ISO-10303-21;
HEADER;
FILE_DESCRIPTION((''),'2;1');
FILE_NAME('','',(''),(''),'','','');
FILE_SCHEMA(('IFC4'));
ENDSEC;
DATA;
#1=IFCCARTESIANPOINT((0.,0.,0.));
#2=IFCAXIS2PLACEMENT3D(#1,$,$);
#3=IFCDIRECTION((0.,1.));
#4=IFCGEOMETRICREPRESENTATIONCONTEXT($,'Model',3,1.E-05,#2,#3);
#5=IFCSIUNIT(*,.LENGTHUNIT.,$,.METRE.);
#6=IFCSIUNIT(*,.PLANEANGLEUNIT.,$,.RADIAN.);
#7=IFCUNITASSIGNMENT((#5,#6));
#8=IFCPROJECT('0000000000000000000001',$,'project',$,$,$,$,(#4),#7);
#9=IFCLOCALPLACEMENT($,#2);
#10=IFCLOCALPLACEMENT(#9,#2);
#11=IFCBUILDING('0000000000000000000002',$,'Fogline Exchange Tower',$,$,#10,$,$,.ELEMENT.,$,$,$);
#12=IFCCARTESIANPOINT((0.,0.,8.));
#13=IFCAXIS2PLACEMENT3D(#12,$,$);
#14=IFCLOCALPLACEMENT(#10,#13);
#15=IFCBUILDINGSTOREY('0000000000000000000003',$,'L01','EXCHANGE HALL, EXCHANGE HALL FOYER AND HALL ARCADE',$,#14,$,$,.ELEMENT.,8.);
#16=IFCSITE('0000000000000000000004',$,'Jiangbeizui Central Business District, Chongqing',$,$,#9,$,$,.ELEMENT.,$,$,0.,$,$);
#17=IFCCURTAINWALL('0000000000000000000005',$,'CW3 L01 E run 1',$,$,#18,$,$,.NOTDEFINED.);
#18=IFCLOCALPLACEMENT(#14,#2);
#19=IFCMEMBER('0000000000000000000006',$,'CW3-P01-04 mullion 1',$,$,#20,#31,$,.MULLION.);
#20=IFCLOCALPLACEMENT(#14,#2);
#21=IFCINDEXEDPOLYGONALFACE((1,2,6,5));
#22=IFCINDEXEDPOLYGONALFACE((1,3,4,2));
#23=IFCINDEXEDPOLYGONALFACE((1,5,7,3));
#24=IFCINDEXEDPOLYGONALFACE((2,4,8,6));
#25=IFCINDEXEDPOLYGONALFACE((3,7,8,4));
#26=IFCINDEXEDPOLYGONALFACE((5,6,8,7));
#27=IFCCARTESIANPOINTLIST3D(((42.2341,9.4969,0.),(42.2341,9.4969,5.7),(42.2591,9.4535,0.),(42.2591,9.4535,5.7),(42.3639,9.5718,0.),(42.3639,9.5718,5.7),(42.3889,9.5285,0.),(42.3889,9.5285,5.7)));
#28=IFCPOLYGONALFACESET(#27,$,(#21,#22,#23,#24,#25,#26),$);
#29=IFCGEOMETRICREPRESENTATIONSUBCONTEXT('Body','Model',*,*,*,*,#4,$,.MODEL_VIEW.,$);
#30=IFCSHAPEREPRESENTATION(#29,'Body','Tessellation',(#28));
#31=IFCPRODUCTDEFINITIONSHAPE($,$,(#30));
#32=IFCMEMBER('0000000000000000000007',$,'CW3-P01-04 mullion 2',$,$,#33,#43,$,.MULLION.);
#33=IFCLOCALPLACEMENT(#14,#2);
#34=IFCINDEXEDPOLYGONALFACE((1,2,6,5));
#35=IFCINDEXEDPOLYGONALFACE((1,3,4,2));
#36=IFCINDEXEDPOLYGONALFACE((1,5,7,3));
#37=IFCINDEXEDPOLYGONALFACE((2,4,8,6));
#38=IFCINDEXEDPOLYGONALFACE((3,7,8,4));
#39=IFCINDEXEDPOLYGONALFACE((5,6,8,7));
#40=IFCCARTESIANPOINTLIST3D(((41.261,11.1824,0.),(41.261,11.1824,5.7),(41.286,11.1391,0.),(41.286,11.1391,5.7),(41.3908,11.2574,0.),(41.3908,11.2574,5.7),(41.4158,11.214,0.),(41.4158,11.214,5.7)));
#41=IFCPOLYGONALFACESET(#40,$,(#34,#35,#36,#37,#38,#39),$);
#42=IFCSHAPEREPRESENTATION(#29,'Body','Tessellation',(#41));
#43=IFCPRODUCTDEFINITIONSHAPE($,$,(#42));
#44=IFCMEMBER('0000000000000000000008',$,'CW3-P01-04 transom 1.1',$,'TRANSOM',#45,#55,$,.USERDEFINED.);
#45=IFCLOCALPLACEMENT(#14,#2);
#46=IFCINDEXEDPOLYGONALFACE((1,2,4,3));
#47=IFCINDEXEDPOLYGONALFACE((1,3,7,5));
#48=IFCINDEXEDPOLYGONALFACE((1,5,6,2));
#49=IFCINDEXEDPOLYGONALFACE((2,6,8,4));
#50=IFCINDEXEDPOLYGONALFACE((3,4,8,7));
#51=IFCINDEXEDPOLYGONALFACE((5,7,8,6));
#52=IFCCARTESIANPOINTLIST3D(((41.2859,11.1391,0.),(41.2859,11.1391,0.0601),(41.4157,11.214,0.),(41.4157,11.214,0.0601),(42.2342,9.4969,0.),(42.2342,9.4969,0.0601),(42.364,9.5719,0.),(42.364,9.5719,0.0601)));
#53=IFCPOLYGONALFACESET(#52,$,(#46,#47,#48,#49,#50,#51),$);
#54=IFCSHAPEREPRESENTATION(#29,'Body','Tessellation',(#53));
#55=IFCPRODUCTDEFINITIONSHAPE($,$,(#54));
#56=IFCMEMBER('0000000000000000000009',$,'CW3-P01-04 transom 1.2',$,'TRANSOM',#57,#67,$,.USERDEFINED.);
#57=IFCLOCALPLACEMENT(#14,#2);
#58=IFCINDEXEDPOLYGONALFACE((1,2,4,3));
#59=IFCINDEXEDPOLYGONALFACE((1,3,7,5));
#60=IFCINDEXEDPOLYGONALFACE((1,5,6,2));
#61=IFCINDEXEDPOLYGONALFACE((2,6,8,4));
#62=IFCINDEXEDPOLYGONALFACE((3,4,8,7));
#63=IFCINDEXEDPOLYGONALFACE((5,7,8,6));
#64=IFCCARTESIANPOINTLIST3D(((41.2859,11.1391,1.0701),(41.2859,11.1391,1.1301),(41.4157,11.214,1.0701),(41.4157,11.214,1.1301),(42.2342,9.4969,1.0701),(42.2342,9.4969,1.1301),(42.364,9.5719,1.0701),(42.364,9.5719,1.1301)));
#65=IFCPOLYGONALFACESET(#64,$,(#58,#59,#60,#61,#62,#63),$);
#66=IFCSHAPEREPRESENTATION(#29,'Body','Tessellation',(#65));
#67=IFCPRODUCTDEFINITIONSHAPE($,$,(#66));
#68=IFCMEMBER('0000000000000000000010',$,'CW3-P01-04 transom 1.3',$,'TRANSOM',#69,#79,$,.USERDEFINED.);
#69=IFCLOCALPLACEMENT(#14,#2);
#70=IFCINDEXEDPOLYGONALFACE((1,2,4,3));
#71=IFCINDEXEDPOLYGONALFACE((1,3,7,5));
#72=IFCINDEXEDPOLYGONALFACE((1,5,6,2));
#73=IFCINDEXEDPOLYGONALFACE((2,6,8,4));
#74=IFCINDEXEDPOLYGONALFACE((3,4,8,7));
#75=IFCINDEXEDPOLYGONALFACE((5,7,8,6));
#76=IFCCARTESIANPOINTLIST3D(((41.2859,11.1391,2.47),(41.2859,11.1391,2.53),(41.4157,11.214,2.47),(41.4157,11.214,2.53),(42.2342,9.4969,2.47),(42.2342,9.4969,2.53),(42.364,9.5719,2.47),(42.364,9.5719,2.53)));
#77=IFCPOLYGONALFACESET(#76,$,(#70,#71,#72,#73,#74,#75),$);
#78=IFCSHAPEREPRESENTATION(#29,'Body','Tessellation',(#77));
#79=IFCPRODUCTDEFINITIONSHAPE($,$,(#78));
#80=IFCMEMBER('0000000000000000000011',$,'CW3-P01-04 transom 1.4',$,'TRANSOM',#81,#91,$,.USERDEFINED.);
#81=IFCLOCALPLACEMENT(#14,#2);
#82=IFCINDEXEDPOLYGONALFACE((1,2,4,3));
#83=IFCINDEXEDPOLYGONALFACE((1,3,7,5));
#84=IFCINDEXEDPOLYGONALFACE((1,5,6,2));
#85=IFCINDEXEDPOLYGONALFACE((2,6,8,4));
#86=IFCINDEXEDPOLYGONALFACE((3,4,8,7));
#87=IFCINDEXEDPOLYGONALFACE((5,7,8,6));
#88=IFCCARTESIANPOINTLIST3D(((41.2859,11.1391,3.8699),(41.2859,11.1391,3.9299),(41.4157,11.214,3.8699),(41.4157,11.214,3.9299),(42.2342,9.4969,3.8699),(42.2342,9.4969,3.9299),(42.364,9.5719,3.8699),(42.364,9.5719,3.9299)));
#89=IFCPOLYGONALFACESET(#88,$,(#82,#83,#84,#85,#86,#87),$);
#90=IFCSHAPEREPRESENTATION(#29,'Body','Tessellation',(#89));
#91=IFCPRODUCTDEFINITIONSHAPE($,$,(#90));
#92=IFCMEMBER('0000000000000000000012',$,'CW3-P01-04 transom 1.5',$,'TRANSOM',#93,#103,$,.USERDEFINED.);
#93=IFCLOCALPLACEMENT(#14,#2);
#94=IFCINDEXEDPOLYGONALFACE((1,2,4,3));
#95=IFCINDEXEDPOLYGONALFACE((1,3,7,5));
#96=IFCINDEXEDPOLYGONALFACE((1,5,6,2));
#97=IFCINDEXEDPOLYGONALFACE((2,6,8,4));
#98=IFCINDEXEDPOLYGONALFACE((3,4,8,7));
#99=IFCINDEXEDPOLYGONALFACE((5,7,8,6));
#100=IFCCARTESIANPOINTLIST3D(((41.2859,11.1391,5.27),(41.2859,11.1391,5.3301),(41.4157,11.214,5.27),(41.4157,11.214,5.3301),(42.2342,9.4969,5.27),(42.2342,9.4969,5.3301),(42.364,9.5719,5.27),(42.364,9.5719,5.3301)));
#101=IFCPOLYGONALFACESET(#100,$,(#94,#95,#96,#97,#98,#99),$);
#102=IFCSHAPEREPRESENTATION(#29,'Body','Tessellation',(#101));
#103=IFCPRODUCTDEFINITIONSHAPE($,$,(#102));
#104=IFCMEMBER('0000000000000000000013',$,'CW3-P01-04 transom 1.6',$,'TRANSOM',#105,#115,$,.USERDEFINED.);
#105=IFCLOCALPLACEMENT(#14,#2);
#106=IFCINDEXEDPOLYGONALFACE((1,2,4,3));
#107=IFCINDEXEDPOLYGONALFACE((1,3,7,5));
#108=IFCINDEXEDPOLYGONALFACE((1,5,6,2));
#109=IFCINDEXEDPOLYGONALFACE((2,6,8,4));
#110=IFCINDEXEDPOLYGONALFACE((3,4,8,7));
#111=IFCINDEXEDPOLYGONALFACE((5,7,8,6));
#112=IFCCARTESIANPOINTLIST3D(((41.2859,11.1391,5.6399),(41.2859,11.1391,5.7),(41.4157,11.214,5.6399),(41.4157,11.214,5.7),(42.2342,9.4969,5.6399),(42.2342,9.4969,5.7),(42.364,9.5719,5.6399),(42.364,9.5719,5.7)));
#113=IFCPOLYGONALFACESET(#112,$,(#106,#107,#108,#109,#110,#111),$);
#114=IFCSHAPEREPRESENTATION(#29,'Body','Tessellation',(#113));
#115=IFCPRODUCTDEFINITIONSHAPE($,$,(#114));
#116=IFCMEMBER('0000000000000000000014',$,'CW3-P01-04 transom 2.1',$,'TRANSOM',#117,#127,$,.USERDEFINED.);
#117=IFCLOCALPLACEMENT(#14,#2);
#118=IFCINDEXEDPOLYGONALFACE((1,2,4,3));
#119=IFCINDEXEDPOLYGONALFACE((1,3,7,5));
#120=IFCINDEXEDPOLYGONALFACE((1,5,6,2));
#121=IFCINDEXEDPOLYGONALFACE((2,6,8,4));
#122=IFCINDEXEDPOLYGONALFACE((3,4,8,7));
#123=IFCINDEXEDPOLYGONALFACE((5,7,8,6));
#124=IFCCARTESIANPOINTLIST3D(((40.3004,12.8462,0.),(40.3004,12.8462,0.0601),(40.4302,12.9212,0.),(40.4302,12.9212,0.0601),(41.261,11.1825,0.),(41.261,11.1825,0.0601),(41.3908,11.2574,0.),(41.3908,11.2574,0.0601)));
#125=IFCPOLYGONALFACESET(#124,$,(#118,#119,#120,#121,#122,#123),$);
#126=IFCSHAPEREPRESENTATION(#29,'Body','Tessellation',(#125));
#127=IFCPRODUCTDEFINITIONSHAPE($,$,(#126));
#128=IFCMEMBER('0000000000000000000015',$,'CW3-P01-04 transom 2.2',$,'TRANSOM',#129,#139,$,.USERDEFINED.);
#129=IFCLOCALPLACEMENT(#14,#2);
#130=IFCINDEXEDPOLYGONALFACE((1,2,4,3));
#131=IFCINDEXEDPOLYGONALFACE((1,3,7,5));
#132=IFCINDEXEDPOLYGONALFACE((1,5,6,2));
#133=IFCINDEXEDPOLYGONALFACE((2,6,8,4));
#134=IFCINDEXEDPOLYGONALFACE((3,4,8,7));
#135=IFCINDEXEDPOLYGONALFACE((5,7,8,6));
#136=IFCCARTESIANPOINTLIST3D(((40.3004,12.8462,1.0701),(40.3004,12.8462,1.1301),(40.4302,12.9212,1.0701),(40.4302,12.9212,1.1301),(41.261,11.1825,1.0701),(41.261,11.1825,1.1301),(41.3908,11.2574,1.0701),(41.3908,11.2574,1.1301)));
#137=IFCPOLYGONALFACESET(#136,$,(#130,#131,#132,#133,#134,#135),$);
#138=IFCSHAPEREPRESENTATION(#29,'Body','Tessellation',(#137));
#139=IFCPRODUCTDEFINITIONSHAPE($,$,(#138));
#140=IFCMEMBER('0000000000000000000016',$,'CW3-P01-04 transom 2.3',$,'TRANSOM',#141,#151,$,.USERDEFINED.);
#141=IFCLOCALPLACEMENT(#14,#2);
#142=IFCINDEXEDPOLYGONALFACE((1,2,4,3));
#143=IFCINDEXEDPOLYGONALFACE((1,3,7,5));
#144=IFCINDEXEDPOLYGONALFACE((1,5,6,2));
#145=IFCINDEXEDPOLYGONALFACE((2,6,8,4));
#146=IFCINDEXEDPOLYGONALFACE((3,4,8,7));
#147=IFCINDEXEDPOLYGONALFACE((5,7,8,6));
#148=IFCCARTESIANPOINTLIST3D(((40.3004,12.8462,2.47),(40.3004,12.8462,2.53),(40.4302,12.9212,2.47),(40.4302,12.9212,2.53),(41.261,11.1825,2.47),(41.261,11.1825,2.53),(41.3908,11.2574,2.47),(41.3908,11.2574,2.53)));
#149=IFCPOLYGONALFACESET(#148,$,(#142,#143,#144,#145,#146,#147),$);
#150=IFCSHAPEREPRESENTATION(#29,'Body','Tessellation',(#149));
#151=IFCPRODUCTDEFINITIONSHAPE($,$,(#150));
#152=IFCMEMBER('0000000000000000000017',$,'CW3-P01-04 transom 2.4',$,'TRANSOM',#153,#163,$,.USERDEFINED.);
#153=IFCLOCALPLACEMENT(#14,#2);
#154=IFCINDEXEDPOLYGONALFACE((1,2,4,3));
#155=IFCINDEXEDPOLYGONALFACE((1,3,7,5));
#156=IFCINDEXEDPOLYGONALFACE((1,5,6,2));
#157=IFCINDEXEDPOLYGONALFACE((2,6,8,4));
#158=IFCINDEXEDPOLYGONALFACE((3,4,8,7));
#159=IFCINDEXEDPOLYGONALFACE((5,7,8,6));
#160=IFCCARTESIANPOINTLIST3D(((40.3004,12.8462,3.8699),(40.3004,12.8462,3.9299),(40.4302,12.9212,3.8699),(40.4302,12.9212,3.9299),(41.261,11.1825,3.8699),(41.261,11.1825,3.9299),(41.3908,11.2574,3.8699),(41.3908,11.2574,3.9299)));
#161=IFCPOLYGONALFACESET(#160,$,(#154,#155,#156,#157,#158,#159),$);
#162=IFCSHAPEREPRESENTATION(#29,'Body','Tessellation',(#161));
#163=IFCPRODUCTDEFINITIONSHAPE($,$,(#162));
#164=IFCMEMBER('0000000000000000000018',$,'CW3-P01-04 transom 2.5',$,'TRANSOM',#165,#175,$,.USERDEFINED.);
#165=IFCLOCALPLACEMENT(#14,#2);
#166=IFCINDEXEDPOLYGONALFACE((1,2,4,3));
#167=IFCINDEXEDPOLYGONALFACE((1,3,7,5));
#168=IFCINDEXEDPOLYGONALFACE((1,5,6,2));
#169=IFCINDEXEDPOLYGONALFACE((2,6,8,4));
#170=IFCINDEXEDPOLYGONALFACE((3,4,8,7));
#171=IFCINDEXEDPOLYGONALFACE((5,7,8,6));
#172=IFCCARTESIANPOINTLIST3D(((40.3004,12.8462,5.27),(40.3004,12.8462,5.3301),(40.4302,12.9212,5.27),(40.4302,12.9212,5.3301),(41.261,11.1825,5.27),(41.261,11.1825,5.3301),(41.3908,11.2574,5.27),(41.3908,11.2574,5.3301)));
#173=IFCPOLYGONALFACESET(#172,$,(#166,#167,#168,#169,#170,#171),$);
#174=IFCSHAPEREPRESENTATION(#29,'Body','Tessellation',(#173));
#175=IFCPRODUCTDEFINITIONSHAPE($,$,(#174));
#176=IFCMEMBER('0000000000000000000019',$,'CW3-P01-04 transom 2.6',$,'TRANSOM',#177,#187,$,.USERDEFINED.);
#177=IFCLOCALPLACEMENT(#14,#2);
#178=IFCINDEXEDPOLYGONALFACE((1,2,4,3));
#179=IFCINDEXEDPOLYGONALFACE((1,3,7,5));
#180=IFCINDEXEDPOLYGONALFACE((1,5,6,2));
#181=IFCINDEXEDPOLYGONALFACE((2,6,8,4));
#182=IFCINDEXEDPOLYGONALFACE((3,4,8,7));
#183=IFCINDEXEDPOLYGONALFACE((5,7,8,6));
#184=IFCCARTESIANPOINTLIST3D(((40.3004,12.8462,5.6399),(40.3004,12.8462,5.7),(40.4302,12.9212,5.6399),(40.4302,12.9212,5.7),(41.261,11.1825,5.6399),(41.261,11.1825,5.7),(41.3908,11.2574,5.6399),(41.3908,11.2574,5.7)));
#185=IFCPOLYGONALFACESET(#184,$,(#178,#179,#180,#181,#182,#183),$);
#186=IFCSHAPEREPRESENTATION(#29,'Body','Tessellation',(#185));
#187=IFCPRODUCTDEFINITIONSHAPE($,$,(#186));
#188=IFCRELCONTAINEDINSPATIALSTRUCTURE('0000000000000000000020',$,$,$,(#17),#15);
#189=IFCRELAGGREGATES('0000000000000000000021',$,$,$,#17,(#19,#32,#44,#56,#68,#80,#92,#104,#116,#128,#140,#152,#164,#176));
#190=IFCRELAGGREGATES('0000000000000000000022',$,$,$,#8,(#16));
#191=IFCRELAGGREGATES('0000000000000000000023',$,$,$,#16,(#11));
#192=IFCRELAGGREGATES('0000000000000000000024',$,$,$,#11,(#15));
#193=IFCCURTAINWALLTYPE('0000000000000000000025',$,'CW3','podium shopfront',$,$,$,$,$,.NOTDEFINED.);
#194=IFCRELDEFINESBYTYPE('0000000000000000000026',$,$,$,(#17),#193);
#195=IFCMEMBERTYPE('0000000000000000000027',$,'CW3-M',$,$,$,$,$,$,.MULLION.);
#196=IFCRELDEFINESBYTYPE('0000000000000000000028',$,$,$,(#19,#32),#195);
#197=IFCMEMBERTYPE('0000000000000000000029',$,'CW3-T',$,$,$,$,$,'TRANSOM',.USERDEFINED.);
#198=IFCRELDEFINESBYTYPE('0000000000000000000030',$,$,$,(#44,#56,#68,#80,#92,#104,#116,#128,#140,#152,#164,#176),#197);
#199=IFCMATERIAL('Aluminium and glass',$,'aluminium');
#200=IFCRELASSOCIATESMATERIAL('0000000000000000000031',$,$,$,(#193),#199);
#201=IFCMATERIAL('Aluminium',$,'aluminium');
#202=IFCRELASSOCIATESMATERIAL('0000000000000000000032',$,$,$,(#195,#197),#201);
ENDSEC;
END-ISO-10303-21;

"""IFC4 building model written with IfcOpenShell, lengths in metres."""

from ifc_helpers import new_model, si_unit, direction, frame, origin, origin_2d, place, context, subcontext, project, spatial, rectangle, extrude, material, material_profile, profile_set, type_object, element, aggregate, save


model = new_model("IFC4")

# Units and contexts
model_context = context("Model", 3, precision=1e-05, world=origin(), true_north=direction((0.0, 1.0)))
body_context = subcontext(model_context, "Body", "Model", "MODEL_VIEW")
ifc_project = project(units=[si_unit("LENGTHUNIT", "METRE"), si_unit("PLANEANGLEUNIT", "RADIAN")], contexts=[model_context])

# Site, building, storey
site_placement = place(None, origin())
site = spatial("IfcSite", under=ifc_project, at=site_placement, Name="Jiangbeizui Central Business District, Chongqing", CompositionType="ELEMENT", RefElevation=0.0)
building_placement = place(site_placement, origin())
building = spatial("IfcBuilding", under=site, at=building_placement, Name="Fogline Exchange Tower", CompositionType="ELEMENT")
storey_placement = place(building_placement, frame((0.0, 0.0, 8.0)))
storey = spatial("IfcBuildingStorey", under=building, at=storey_placement, Name="L01", Description="EXCHANGE HALL, EXCHANGE HALL FOYER AND HALL ARCADE", CompositionType="ELEMENT", Elevation=8.0)

# Curtain wall, members
ifc_material_1 = material(Name="Aluminium and glass", Category="aluminium")
curtain_wall_type = type_object("IfcCurtainWallType", Name="CW3", Description="podium shopfront", PredefinedType="NOTDEFINED", material=ifc_material_1)
curtain_wall_placement = place(storey_placement, origin())
curtain_wall = element("IfcCurtainWall", 1, at=curtain_wall_placement, inside=storey, type_object=curtain_wall_type, Name="CW3 L01 E run 1", PredefinedType="NOTDEFINED")
ifc_material_2 = material(Name="Aluminium", Category="aluminium")
ifc_material_profile_1 = material_profile(ifc_material_2, rectangle(XDim=0.1499, YDim=0.05, at=origin_2d()), Name="Mullion 50x150")
ifc_profile_set_1 = profile_set([ifc_material_profile_1], Name="Aluminium")
member_type_1 = type_object("IfcMemberType", Name="CW3-M", PredefinedType="MULLION", material=ifc_profile_set_1)
member_1_placement = place(storey_placement, frame((42.3115, 9.5127, 0.0), z_axis=(0.0, 0.0, 1.0), x_axis=(-0.866025, -0.5, 0.0)))
member_1 = element("IfcMember", 2, at=member_1_placement, type_object=member_type_1, Name="CW3-P01-04 mullion 1", PredefinedType="MULLION", context=body_context, shape_type="SweptSolid", body=[
    extrude(rectangle(XDim=0.1499, YDim=0.05, at=origin_2d()), origin(), (0.0, 0.0, 1.0), 5.7),
])
member_2_placement = place(storey_placement, frame((41.3384, 11.1982, 0.0), z_axis=(0.0, 0.0, 1.0), x_axis=(-0.866025, -0.5, 0.0)))
member_2 = element("IfcMember", 3, at=member_2_placement, type_object=member_type_1, Name="CW3-P01-04 mullion 2", PredefinedType="MULLION", context=body_context, shape_type="SweptSolid", body=[
    extrude(rectangle(XDim=0.1499, YDim=0.05, at=origin_2d()), origin(), (0.0, 0.0, 1.0), 5.7),
])
ifc_material_profile_2 = material_profile(ifc_material_2, rectangle(XDim=0.1499, YDim=0.0601, at=origin_2d()), Name="Transom 60x150")
ifc_profile_set_2 = profile_set([ifc_material_profile_2], Name="Aluminium")
member_type_2 = type_object("IfcMemberType", Name="CW3-T", ElementType="TRANSOM", PredefinedType="USERDEFINED", material=ifc_profile_set_2)
member_3_placement = place(storey_placement, frame((42.2991, 9.5344, 0.03), z_axis=(-0.500072, 0.865984, 0.0), x_axis=(-0.865984, -0.500072, 0.0)))
member_3 = element("IfcMember", 4, at=member_3_placement, type_object=member_type_2, Name="CW3-P01-04 transom 1.1", ObjectType="TRANSOM", PredefinedType="USERDEFINED", context=body_context, shape_type="SweptSolid", body=[
    extrude(rectangle(XDim=0.1499, YDim=0.0601, at=origin_2d()), origin(), (0.0, 0.0, 1.0), 1.8962),
])
member_4_placement = place(storey_placement, frame((42.2991, 9.5344, 1.1001), z_axis=(-0.500072, 0.865984, 0.0), x_axis=(-0.865984, -0.500072, 0.0)))
member_4 = element("IfcMember", 5, at=member_4_placement, type_object=member_type_2, Name="CW3-P01-04 transom 1.2", ObjectType="TRANSOM", PredefinedType="USERDEFINED", context=body_context, shape_type="SweptSolid", body=[
    extrude(rectangle(XDim=0.1499, YDim=0.0601, at=origin_2d()), origin(), (0.0, 0.0, 1.0), 1.8962),
])
member_5_placement = place(storey_placement, frame((42.2991, 9.5344, 2.5), z_axis=(-0.500072, 0.865984, 0.0), x_axis=(-0.865984, -0.500072, 0.0)))
member_5 = element("IfcMember", 6, at=member_5_placement, type_object=member_type_2, Name="CW3-P01-04 transom 1.3", ObjectType="TRANSOM", PredefinedType="USERDEFINED", context=body_context, shape_type="SweptSolid", body=[
    extrude(rectangle(XDim=0.1499, YDim=0.0601, at=origin_2d()), origin(), (0.0, 0.0, 1.0), 1.8962),
])
member_6_placement = place(storey_placement, frame((42.2991, 9.5344, 3.8999), z_axis=(-0.500072, 0.865984, 0.0), x_axis=(-0.865984, -0.500072, 0.0)))
member_6 = element("IfcMember", 7, at=member_6_placement, type_object=member_type_2, Name="CW3-P01-04 transom 1.4", ObjectType="TRANSOM", PredefinedType="USERDEFINED", context=body_context, shape_type="SweptSolid", body=[
    extrude(rectangle(XDim=0.1499, YDim=0.0601, at=origin_2d()), origin(), (0.0, 0.0, 1.0), 1.8962),
])
member_7_placement = place(storey_placement, frame((42.2991, 9.5344, 5.3), z_axis=(-0.500072, 0.865984, 0.0), x_axis=(-0.865984, -0.500072, 0.0)))
member_7 = element("IfcMember", 8, at=member_7_placement, type_object=member_type_2, Name="CW3-P01-04 transom 1.5", ObjectType="TRANSOM", PredefinedType="USERDEFINED", context=body_context, shape_type="SweptSolid", body=[
    extrude(rectangle(XDim=0.1499, YDim=0.0601, at=origin_2d()), origin(), (0.0, 0.0, 1.0), 1.8962),
])
member_8_placement = place(storey_placement, frame((42.2991, 9.5344, 5.6699), z_axis=(-0.500072, 0.865984, 0.0), x_axis=(-0.865984, -0.500072, 0.0)))
member_8 = element("IfcMember", 9, at=member_8_placement, type_object=member_type_2, Name="CW3-P01-04 transom 1.6", ObjectType="TRANSOM", PredefinedType="USERDEFINED", context=body_context, shape_type="SweptSolid", body=[
    extrude(rectangle(XDim=0.1499, YDim=0.0601, at=origin_2d()), origin(), (0.0, 0.0, 1.0), 1.8962),
])
member_9_placement = place(storey_placement, frame((41.3259, 11.22, 0.03), z_axis=(-0.500034, 0.866006, 0.0), x_axis=(-0.866006, -0.500034, 0.0)))
member_9 = element("IfcMember", 10, at=member_9_placement, type_object=member_type_2, Name="CW3-P01-04 transom 2.1", ObjectType="TRANSOM", PredefinedType="USERDEFINED", context=body_context, shape_type="SweptSolid", body=[
    extrude(rectangle(XDim=0.1499, YDim=0.0601, at=origin_2d()), origin(), (0.0, 0.0, 1.0), 1.9211),
])
member_10_placement = place(storey_placement, frame((41.3259, 11.22, 1.1001), z_axis=(-0.500034, 0.866006, 0.0), x_axis=(-0.866006, -0.500034, 0.0)))
member_10 = element("IfcMember", 11, at=member_10_placement, type_object=member_type_2, Name="CW3-P01-04 transom 2.2", ObjectType="TRANSOM", PredefinedType="USERDEFINED", context=body_context, shape_type="SweptSolid", body=[
    extrude(rectangle(XDim=0.1499, YDim=0.0601, at=origin_2d()), origin(), (0.0, 0.0, 1.0), 1.9211),
])
member_11_placement = place(storey_placement, frame((41.3259, 11.22, 2.5), z_axis=(-0.500034, 0.866006, 0.0), x_axis=(-0.866006, -0.500034, 0.0)))
member_11 = element("IfcMember", 12, at=member_11_placement, type_object=member_type_2, Name="CW3-P01-04 transom 2.3", ObjectType="TRANSOM", PredefinedType="USERDEFINED", context=body_context, shape_type="SweptSolid", body=[
    extrude(rectangle(XDim=0.1499, YDim=0.0601, at=origin_2d()), origin(), (0.0, 0.0, 1.0), 1.9211),
])
member_12_placement = place(storey_placement, frame((41.3259, 11.22, 3.8999), z_axis=(-0.500034, 0.866006, 0.0), x_axis=(-0.866006, -0.500034, 0.0)))
member_12 = element("IfcMember", 13, at=member_12_placement, type_object=member_type_2, Name="CW3-P01-04 transom 2.4", ObjectType="TRANSOM", PredefinedType="USERDEFINED", context=body_context, shape_type="SweptSolid", body=[
    extrude(rectangle(XDim=0.1499, YDim=0.0601, at=origin_2d()), origin(), (0.0, 0.0, 1.0), 1.9211),
])
member_13_placement = place(storey_placement, frame((41.3259, 11.22, 5.3), z_axis=(-0.500034, 0.866006, 0.0), x_axis=(-0.866006, -0.500034, 0.0)))
member_13 = element("IfcMember", 14, at=member_13_placement, type_object=member_type_2, Name="CW3-P01-04 transom 2.5", ObjectType="TRANSOM", PredefinedType="USERDEFINED", context=body_context, shape_type="SweptSolid", body=[
    extrude(rectangle(XDim=0.1499, YDim=0.0601, at=origin_2d()), origin(), (0.0, 0.0, 1.0), 1.9211),
])
member_14_placement = place(storey_placement, frame((41.3259, 11.22, 5.6699), z_axis=(-0.500034, 0.866006, 0.0), x_axis=(-0.866006, -0.500034, 0.0)))
member_14 = element("IfcMember", 15, at=member_14_placement, type_object=member_type_2, Name="CW3-P01-04 transom 2.6", ObjectType="TRANSOM", PredefinedType="USERDEFINED", context=body_context, shape_type="SweptSolid", body=[
    extrude(rectangle(XDim=0.1499, YDim=0.0601, at=origin_2d()), origin(), (0.0, 0.0, 1.0), 1.9211),
])
aggregate(curtain_wall, [member_1, member_2, member_3, member_4, member_5, member_6, member_7, member_8, member_9, member_10, member_11, member_12, member_13, member_14])

save(model, "model.ifc")
